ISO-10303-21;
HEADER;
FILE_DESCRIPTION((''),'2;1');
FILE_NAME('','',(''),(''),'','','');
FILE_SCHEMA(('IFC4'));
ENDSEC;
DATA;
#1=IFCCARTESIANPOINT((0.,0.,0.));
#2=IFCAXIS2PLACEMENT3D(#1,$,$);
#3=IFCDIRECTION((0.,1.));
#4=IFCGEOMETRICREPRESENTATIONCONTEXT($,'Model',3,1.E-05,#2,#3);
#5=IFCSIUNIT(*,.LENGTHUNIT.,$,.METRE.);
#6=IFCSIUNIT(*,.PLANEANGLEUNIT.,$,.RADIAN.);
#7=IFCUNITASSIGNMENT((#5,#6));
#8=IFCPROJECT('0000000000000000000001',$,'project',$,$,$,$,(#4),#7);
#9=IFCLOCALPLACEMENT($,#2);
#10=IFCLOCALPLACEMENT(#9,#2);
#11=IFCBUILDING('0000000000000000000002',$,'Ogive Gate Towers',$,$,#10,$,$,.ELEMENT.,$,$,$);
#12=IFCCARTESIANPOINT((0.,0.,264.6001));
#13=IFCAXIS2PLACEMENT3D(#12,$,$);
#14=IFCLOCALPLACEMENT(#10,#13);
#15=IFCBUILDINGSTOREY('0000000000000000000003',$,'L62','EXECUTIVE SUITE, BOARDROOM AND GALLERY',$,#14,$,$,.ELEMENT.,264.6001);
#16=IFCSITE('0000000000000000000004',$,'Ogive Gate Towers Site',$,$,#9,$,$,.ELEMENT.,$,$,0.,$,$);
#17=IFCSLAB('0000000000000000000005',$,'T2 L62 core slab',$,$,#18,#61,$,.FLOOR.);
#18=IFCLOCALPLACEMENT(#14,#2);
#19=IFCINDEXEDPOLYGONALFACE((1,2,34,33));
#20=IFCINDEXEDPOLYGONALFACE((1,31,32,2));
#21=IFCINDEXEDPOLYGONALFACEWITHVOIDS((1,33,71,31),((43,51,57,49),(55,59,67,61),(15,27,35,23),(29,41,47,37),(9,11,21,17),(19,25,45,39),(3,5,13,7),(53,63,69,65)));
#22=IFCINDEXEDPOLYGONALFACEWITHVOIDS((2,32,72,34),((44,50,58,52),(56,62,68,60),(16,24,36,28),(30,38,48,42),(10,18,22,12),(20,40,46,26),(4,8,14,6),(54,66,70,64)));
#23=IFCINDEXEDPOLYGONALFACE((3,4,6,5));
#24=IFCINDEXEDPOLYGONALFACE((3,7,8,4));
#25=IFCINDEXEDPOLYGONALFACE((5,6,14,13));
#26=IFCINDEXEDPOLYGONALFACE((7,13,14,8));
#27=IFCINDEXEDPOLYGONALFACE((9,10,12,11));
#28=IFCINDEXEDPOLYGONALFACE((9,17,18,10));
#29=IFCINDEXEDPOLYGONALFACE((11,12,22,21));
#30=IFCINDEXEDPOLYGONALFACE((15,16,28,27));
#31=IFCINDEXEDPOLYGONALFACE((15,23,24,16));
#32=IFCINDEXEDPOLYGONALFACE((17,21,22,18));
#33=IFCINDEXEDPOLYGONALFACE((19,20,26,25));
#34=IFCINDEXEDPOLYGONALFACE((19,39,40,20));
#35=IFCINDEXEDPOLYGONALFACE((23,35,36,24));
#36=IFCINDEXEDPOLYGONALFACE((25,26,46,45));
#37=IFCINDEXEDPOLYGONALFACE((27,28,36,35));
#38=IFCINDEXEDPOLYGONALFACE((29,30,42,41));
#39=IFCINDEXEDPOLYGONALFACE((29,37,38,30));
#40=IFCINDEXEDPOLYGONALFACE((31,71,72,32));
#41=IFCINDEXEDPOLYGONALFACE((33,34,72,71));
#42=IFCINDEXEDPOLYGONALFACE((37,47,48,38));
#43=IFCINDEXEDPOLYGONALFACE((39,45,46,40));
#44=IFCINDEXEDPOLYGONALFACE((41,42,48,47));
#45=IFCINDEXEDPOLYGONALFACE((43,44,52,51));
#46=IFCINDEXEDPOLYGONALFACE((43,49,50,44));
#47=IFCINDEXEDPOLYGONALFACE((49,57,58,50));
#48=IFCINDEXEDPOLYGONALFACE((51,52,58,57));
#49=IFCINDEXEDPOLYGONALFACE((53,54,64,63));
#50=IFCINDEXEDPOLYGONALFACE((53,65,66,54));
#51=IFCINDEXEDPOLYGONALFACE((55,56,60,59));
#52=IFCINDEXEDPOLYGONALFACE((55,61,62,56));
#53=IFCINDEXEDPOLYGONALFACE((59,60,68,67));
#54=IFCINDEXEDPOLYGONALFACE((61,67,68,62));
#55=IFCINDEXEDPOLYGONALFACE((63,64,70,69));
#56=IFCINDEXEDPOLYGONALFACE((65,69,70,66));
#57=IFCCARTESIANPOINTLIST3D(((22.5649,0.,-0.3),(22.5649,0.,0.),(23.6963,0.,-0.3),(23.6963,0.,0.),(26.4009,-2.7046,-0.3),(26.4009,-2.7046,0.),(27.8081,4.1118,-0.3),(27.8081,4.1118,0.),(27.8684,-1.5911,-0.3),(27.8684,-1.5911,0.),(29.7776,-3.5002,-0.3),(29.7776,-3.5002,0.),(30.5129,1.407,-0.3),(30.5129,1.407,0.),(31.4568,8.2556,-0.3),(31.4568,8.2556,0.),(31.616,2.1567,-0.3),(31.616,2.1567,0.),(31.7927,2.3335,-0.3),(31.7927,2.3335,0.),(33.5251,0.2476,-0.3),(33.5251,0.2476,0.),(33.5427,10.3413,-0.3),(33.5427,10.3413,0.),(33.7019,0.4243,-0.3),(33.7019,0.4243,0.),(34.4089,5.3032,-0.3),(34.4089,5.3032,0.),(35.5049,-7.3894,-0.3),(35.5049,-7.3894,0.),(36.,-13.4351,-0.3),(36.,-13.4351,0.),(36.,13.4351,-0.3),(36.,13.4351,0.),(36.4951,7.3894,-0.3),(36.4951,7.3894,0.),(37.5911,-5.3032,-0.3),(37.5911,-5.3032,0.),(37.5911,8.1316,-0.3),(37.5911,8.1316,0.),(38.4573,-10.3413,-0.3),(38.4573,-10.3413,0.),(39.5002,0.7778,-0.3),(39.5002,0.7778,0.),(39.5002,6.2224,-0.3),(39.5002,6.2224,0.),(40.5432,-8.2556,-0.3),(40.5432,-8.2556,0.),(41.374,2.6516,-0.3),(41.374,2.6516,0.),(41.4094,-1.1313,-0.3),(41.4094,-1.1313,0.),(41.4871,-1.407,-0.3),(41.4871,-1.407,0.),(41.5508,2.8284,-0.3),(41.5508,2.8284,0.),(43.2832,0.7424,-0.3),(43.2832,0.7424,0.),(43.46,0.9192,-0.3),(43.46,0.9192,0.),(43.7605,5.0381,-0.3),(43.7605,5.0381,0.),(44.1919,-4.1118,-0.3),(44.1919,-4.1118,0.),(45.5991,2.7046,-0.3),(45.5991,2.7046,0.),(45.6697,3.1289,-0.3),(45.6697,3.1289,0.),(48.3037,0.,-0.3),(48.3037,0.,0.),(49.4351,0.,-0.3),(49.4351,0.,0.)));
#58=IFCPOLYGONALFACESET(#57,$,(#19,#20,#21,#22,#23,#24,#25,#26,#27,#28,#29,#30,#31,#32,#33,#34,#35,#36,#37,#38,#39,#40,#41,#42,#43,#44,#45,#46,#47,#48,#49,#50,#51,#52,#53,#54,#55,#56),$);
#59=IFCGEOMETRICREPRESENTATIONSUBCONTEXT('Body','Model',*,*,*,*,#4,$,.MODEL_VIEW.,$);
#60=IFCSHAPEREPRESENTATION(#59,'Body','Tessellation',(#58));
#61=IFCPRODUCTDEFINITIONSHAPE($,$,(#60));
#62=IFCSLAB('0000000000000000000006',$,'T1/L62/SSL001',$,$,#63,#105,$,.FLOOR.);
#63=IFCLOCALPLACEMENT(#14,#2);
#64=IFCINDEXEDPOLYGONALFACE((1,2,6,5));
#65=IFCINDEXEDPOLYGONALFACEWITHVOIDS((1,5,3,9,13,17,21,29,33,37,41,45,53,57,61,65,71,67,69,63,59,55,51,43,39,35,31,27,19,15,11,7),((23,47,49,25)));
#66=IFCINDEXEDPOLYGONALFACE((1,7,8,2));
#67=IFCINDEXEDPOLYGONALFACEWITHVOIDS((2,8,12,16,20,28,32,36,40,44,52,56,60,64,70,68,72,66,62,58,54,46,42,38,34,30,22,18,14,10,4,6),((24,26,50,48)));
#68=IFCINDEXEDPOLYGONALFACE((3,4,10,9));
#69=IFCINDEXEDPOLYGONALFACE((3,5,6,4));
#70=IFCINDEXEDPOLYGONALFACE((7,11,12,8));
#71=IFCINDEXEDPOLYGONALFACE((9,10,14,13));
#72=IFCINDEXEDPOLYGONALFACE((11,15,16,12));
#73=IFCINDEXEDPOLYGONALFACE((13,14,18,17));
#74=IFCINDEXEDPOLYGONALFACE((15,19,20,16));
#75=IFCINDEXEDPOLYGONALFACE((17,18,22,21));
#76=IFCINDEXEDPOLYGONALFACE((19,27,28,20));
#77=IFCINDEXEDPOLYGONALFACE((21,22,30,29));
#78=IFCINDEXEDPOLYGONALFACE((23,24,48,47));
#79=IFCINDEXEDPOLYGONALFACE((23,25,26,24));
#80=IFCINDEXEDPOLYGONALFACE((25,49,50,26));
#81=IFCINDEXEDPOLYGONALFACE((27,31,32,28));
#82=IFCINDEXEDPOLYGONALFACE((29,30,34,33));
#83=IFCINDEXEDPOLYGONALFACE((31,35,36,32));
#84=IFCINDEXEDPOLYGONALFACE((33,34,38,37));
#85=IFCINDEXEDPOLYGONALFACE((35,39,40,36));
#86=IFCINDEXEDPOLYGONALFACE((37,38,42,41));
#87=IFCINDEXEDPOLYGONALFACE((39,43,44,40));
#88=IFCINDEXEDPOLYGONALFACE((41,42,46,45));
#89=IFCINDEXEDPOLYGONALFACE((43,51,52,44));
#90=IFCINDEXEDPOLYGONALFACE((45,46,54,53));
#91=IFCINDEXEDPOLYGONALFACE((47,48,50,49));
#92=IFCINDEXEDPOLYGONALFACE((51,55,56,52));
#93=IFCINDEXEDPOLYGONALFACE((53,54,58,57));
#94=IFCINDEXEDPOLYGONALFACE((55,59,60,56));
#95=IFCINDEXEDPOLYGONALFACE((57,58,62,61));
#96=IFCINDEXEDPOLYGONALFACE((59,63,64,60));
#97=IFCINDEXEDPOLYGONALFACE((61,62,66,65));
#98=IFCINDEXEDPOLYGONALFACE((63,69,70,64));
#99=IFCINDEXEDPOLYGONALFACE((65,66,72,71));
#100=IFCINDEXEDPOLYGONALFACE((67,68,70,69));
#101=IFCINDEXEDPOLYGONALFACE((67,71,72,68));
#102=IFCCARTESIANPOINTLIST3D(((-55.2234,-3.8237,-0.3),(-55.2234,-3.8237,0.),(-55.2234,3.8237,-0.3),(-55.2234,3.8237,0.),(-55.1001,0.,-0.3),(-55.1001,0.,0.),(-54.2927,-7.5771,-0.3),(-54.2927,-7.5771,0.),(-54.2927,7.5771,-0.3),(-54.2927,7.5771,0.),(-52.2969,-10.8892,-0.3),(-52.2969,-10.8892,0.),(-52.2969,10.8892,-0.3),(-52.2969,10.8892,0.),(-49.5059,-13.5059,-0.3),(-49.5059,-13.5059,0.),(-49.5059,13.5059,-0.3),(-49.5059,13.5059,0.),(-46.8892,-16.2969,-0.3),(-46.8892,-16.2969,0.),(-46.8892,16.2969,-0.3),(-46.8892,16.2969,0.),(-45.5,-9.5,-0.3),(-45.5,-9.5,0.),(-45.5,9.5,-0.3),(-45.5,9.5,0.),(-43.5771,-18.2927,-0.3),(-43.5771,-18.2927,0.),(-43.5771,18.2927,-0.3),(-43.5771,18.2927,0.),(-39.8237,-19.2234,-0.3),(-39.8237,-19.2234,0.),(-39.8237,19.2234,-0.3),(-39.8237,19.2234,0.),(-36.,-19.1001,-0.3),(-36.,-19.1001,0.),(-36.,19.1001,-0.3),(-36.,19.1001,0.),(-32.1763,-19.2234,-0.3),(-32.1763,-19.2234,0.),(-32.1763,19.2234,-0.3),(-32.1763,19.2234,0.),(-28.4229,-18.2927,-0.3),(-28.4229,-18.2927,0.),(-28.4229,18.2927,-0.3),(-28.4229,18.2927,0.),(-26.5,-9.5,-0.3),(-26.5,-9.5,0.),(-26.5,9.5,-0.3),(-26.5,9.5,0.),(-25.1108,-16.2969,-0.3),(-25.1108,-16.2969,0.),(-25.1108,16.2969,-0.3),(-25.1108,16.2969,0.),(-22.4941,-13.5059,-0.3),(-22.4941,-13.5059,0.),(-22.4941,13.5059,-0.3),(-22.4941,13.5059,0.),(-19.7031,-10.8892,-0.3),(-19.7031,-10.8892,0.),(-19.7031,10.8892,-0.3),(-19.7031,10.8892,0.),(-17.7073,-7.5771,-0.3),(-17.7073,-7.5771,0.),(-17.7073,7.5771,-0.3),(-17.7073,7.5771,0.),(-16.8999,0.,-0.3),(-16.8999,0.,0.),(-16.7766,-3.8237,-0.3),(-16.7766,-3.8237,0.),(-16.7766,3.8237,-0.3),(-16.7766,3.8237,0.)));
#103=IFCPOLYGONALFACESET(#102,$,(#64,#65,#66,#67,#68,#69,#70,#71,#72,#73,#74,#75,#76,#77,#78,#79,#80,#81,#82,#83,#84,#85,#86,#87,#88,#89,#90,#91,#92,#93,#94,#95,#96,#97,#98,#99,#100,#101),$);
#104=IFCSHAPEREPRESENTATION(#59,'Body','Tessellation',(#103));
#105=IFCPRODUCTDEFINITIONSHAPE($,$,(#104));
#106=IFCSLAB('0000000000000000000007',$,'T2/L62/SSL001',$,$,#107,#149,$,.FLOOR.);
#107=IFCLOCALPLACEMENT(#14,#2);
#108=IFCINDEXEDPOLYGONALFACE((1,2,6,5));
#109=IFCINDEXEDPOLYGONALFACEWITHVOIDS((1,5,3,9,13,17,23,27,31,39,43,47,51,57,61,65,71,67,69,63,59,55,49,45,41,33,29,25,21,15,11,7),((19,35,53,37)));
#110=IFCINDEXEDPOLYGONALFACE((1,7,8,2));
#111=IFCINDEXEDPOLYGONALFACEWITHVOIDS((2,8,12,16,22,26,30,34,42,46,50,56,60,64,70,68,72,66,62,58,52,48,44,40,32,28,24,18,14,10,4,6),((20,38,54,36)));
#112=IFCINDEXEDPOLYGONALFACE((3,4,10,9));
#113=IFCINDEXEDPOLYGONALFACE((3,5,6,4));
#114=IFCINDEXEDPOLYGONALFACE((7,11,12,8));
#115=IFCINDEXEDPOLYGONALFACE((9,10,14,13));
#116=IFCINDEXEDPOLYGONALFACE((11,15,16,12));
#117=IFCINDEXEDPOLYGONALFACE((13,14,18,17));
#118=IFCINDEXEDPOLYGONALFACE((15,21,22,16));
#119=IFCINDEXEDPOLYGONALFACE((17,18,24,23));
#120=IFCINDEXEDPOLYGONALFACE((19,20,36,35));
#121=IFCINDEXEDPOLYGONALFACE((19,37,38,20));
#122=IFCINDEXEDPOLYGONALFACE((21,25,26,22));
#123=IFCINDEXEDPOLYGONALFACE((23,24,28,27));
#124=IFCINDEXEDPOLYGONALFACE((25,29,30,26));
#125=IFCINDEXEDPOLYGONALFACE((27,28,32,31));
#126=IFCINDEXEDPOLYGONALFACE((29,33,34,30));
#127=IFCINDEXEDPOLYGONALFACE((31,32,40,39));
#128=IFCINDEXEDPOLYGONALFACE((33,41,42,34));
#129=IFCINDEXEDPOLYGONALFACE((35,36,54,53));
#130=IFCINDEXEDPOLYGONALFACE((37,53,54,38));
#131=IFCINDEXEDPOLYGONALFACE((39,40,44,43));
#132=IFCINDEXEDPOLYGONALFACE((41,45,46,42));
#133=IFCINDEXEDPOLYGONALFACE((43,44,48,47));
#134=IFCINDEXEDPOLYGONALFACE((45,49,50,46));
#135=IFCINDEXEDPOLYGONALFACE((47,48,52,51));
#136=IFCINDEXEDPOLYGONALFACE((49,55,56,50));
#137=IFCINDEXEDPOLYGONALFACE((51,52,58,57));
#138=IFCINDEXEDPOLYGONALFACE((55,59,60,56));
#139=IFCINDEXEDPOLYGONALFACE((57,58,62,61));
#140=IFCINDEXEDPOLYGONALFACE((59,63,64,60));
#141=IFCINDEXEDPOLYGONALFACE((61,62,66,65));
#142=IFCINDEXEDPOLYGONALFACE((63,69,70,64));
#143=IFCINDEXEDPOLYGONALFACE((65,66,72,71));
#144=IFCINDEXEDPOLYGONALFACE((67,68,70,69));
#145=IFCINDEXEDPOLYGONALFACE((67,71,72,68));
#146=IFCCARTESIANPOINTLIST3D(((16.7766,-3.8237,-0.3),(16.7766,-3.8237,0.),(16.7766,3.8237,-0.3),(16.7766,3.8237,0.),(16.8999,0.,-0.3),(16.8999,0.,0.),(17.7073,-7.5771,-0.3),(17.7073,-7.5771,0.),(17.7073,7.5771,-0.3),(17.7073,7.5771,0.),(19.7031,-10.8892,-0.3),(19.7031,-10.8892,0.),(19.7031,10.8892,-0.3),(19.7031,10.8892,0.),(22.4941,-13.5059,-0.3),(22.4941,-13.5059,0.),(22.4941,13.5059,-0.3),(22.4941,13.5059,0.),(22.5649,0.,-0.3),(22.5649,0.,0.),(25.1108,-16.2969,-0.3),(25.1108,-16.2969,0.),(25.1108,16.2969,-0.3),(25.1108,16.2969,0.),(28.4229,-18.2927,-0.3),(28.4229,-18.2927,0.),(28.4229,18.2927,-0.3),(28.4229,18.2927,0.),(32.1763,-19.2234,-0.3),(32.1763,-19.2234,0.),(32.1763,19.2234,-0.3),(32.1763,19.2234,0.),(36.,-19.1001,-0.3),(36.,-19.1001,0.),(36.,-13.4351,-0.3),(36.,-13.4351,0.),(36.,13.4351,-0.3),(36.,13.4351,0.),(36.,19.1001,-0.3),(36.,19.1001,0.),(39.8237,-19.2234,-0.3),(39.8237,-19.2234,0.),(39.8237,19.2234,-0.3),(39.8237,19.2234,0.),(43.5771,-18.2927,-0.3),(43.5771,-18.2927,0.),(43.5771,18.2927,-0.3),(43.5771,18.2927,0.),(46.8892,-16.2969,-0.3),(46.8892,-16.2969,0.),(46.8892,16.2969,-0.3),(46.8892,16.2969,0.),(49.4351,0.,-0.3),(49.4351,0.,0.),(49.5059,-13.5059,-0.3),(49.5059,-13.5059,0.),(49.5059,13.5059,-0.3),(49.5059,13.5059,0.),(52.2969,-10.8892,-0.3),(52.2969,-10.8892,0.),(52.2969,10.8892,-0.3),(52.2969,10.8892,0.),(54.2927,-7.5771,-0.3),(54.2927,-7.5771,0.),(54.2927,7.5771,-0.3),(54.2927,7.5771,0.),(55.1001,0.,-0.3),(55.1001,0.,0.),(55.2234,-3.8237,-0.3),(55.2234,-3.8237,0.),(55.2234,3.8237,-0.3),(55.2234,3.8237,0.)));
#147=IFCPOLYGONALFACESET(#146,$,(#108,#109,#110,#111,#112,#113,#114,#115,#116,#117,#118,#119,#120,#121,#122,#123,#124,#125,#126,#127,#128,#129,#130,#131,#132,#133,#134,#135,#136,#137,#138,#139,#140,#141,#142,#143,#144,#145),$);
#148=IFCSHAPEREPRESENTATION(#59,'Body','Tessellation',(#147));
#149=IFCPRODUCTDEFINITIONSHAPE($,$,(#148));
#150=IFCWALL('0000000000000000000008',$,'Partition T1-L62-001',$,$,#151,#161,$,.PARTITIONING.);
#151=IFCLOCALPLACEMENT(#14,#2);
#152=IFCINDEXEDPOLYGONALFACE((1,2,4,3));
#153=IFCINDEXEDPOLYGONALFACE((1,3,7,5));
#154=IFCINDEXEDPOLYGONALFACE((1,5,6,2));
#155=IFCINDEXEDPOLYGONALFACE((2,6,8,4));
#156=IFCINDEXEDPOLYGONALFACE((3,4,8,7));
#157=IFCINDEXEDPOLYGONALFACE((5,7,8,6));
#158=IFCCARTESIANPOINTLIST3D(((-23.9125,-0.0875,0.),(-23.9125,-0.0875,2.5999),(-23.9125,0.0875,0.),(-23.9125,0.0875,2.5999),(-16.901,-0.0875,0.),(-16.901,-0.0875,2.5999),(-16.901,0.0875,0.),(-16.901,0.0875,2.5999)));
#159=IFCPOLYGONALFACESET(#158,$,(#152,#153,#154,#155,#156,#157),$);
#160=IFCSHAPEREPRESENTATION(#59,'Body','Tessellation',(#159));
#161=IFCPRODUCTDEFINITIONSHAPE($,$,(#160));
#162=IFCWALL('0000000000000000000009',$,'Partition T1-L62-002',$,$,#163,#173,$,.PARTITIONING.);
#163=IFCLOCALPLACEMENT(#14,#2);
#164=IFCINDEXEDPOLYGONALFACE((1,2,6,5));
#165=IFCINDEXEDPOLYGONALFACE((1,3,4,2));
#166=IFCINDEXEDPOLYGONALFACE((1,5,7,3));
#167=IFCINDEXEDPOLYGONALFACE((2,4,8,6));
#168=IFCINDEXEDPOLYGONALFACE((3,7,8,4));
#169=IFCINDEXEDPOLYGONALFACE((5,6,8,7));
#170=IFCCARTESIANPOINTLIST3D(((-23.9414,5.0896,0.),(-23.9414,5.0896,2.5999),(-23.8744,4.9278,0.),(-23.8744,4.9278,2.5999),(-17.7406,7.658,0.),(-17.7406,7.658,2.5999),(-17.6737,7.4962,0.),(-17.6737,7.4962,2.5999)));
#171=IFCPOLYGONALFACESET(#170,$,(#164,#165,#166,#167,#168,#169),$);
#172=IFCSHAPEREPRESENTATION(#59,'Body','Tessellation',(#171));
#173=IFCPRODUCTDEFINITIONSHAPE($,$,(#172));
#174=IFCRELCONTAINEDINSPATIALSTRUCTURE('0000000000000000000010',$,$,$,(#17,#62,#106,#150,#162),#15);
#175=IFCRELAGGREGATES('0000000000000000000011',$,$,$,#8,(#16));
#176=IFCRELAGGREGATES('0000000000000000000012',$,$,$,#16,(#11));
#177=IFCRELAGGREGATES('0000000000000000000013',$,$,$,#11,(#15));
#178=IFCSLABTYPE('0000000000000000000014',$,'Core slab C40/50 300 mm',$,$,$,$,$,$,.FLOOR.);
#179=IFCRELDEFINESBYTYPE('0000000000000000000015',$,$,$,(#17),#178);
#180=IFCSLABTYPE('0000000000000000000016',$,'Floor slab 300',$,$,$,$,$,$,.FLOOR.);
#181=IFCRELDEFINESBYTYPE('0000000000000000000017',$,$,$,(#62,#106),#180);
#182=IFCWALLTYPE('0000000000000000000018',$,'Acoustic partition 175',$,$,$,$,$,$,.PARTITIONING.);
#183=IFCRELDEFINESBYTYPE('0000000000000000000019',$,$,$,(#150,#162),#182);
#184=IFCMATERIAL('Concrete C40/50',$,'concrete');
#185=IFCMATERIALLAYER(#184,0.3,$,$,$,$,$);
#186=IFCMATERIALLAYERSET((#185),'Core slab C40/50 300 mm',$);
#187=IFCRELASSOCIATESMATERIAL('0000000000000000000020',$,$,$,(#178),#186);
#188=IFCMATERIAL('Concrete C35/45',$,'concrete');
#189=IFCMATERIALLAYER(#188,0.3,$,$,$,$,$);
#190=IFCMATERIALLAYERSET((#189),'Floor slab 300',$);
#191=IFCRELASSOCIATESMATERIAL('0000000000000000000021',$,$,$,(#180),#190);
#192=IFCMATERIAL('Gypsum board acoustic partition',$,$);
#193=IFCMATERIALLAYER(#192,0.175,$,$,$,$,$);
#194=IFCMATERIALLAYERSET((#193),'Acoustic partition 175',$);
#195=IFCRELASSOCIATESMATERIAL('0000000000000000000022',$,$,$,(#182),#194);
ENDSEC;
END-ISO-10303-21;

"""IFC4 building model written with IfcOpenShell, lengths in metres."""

from ifc_helpers import new_model, si_unit, direction, frame, frame_2d, origin, place, context, subcontext, project, spatial, polyline, rectangle, outline, extrude, material, layer, layer_set, type_object, element, save


model = new_model("IFC4")

# Units and contexts
model_context = context("Model", 3, precision=1e-05, world=origin(), true_north=direction((0.0, 1.0)))
body_context = subcontext(model_context, "Body", "Model", "MODEL_VIEW")
ifc_project = project(units=[si_unit("LENGTHUNIT", "METRE"), si_unit("PLANEANGLEUNIT", "RADIAN")], contexts=[model_context])

# Site, building, storey
site_placement = place(None, origin())
site = spatial("IfcSite", under=ifc_project, at=site_placement, Name="Ogive Gate Towers Site", CompositionType="ELEMENT", RefElevation=0.0)
building_placement = place(site_placement, origin())
building = spatial("IfcBuilding", under=site, at=building_placement, Name="Ogive Gate Towers", CompositionType="ELEMENT")
storey_placement = place(building_placement, frame((0.0, 0.0, 264.6001)))
storey = spatial("IfcBuildingStorey", under=building, at=storey_placement, Name="L62", Description="EXECUTIVE SUITE, BOARDROOM AND GALLERY", CompositionType="ELEMENT", Elevation=264.6001)

# Slabs
ifc_material_1 = material(Name="Concrete C40/50", Category="concrete")
ifc_layer_1 = layer(ifc_material_1, 0.3)
ifc_layer_set_1 = layer_set([ifc_layer_1], Name="Core slab C40/50 300 mm")
slab_type_1 = type_object("IfcSlabType", Name="Core slab C40/50 300 mm", PredefinedType="FLOOR", material=ifc_layer_set_1)
slab_1_placement = place(storey_placement, frame((0.0, 0.0, -0.3)))
element("IfcSlab", 1, at=slab_1_placement, inside=storey, type_object=slab_type_1, Name="T2 L62 core slab", PredefinedType="FLOOR", context=body_context, shape_type="SweptSolid", body=[
    extrude(outline(polyline([(36.0, -13.4351), (22.5649, 0.0), (36.0, 13.4351), (49.4351, 0.0), (36.0, -13.4351)]), holes=[polyline([(29.7776, -3.5002), (33.5251, 0.2476), (31.616, 2.1567), (27.8684, -1.5911), (29.7776, -3.5002)]), polyline([(31.7927, 2.3335), (33.7019, 0.4243), (39.5002, 6.2224), (37.5911, 8.1316), (31.7927, 2.3335)]), polyline([(41.374, 2.6516), (39.5002, 0.7778), (41.4094, -1.1313), (43.2832, 0.7424), (41.374, 2.6516)]), polyline([(45.6697, 3.1289), (43.7605, 5.0381), (41.5508, 2.8284), (43.46, 0.9192), (45.6697, 3.1289)]), polyline([(34.4089, 5.3032), (36.4951, 7.3894), (33.5427, 10.3413), (31.4568, 8.2556), (34.4089, 5.3032)]), polyline([(35.5049, -7.3894), (38.4573, -10.3413), (40.5432, -8.2556), (37.5911, -5.3032), (35.5049, -7.3894)]), polyline([(26.4009, -2.7046), (30.5129, 1.407), (27.8081, 4.1118), (23.6963, 0.0), (26.4009, -2.7046)]), polyline([(48.3037, 0.0), (45.5991, 2.7046), (41.4871, -1.407), (44.1919, -4.1118), (48.3037, 0.0)])]), origin(), (0.0, 0.0, 1.0), 0.3),
])
ifc_material_2 = material(Name="Concrete C35/45", Category="concrete")
ifc_layer_2 = layer(ifc_material_2, 0.3)
ifc_layer_set_2 = layer_set([ifc_layer_2], Name="Floor slab 300")
slab_type_2 = type_object("IfcSlabType", Name="Floor slab 300", PredefinedType="FLOOR", material=ifc_layer_set_2)
slab_2_placement = place(storey_placement, frame((0.0, 0.0, -0.3)))
element("IfcSlab", 2, at=slab_2_placement, inside=storey, type_object=slab_type_2, Name="T1/L62/SSL001", PredefinedType="FLOOR", context=body_context, shape_type="SweptSolid", body=[
    extrude(outline(polyline([(-16.7766, -3.8237), (-16.8999, 0.0), (-16.7766, 3.8237), (-17.7073, 7.5771), (-19.7031, 10.8892), (-22.4941, 13.5059), (-25.1108, 16.2969), (-28.4229, 18.2927), (-32.1763, 19.2234), (-36.0, 19.1001), (-39.8237, 19.2234), (-43.5771, 18.2927), (-46.8892, 16.2969), (-49.5059, 13.5059), (-52.2969, 10.8892), (-54.2927, 7.5771), (-55.2234, 3.8237), (-55.1001, 0.0), (-55.2234, -3.8237), (-54.2927, -7.5771), (-52.2969, -10.8892), (-49.5059, -13.5059), (-46.8892, -16.2969), (-43.5771, -18.2927), (-39.8237, -19.2234), (-36.0, -19.1001), (-32.1763, -19.2234), (-28.4229, -18.2927), (-25.1108, -16.2969), (-22.4941, -13.5059), (-19.7031, -10.8892), (-17.7073, -7.5771), (-16.7766, -3.8237)]), holes=[polyline([(-26.5, -9.5), (-45.5, -9.5), (-45.5, 9.5), (-26.5, 9.5), (-26.5, -9.5)])]), origin(), (0.0, 0.0, 1.0), 0.3),
])
slab_3_placement = place(storey_placement, frame((0.0, 0.0, -0.3)))
element("IfcSlab", 3, at=slab_3_placement, inside=storey, type_object=slab_type_2, Name="T2/L62/SSL001", PredefinedType="FLOOR", context=body_context, shape_type="SweptSolid", body=[
    extrude(outline(polyline([(55.2234, -3.8237), (55.1001, 0.0), (55.2234, 3.8237), (54.2927, 7.5771), (52.2969, 10.8892), (49.5059, 13.5059), (46.8892, 16.2969), (43.5771, 18.2927), (39.8237, 19.2234), (36.0, 19.1001), (32.1763, 19.2234), (28.4229, 18.2927), (25.1108, 16.2969), (22.4941, 13.5059), (19.7031, 10.8892), (17.7073, 7.5771), (16.7766, 3.8237), (16.8999, 0.0), (16.7766, -3.8237), (17.7073, -7.5771), (19.7031, -10.8892), (22.4941, -13.5059), (25.1108, -16.2969), (28.4229, -18.2927), (32.1763, -19.2234), (36.0, -19.1001), (39.8237, -19.2234), (43.5771, -18.2927), (46.8892, -16.2969), (49.5059, -13.5059), (52.2969, -10.8892), (54.2927, -7.5771), (55.2234, -3.8237)]), holes=[polyline([(49.4351, 0.0), (36.0, -13.4351), (22.5649, 0.0), (36.0, 13.4351), (49.4351, 0.0)])]), origin(), (0.0, 0.0, 1.0), 0.3),
])

# Walls
ifc_material_3 = material(Name="Gypsum board acoustic partition")
ifc_layer_3 = layer(ifc_material_3, 0.175)
ifc_layer_set_3 = layer_set([ifc_layer_3], Name="Acoustic partition 175")
wall_type_1 = type_object("IfcWallType", Name="Acoustic partition 175", PredefinedType="PARTITIONING", material=ifc_layer_set_3)
wall_1_placement = place(storey_placement, frame((-16.9009, 0.0, 0.0), z_axis=(0.0, 0.0, 1.0), x_axis=(-1.0, 0.0, 0.0)))
element("IfcWall", 4, at=wall_1_placement, inside=storey, type_object=wall_type_1, Name="Partition T1-L62-001", PredefinedType="PARTITIONING", context=body_context, shape_type="SweptSolid", body=[
    extrude(rectangle(XDim=7.0115, YDim=0.175, at=frame_2d((3.5059, 0.0))), origin(), (0.0, 0.0, 1.0), 2.5999),
])
wall_2_placement = place(storey_placement, frame((-17.707, 7.5771, 0.0), z_axis=(0.0, 0.0, 1.0), x_axis=(-0.923882, -0.382677, 0.0)))
element("IfcWall", 5, at=wall_2_placement, inside=storey, type_object=wall_type_1, Name="Partition T1-L62-002", PredefinedType="PARTITIONING", context=body_context, shape_type="SweptSolid", body=[
    extrude(rectangle(XDim=6.7117, YDim=0.175, at=frame_2d((3.356, 0.0))), origin(), (0.0, 0.0, 1.0), 2.5999),
])

save(model, "model.ifc")
